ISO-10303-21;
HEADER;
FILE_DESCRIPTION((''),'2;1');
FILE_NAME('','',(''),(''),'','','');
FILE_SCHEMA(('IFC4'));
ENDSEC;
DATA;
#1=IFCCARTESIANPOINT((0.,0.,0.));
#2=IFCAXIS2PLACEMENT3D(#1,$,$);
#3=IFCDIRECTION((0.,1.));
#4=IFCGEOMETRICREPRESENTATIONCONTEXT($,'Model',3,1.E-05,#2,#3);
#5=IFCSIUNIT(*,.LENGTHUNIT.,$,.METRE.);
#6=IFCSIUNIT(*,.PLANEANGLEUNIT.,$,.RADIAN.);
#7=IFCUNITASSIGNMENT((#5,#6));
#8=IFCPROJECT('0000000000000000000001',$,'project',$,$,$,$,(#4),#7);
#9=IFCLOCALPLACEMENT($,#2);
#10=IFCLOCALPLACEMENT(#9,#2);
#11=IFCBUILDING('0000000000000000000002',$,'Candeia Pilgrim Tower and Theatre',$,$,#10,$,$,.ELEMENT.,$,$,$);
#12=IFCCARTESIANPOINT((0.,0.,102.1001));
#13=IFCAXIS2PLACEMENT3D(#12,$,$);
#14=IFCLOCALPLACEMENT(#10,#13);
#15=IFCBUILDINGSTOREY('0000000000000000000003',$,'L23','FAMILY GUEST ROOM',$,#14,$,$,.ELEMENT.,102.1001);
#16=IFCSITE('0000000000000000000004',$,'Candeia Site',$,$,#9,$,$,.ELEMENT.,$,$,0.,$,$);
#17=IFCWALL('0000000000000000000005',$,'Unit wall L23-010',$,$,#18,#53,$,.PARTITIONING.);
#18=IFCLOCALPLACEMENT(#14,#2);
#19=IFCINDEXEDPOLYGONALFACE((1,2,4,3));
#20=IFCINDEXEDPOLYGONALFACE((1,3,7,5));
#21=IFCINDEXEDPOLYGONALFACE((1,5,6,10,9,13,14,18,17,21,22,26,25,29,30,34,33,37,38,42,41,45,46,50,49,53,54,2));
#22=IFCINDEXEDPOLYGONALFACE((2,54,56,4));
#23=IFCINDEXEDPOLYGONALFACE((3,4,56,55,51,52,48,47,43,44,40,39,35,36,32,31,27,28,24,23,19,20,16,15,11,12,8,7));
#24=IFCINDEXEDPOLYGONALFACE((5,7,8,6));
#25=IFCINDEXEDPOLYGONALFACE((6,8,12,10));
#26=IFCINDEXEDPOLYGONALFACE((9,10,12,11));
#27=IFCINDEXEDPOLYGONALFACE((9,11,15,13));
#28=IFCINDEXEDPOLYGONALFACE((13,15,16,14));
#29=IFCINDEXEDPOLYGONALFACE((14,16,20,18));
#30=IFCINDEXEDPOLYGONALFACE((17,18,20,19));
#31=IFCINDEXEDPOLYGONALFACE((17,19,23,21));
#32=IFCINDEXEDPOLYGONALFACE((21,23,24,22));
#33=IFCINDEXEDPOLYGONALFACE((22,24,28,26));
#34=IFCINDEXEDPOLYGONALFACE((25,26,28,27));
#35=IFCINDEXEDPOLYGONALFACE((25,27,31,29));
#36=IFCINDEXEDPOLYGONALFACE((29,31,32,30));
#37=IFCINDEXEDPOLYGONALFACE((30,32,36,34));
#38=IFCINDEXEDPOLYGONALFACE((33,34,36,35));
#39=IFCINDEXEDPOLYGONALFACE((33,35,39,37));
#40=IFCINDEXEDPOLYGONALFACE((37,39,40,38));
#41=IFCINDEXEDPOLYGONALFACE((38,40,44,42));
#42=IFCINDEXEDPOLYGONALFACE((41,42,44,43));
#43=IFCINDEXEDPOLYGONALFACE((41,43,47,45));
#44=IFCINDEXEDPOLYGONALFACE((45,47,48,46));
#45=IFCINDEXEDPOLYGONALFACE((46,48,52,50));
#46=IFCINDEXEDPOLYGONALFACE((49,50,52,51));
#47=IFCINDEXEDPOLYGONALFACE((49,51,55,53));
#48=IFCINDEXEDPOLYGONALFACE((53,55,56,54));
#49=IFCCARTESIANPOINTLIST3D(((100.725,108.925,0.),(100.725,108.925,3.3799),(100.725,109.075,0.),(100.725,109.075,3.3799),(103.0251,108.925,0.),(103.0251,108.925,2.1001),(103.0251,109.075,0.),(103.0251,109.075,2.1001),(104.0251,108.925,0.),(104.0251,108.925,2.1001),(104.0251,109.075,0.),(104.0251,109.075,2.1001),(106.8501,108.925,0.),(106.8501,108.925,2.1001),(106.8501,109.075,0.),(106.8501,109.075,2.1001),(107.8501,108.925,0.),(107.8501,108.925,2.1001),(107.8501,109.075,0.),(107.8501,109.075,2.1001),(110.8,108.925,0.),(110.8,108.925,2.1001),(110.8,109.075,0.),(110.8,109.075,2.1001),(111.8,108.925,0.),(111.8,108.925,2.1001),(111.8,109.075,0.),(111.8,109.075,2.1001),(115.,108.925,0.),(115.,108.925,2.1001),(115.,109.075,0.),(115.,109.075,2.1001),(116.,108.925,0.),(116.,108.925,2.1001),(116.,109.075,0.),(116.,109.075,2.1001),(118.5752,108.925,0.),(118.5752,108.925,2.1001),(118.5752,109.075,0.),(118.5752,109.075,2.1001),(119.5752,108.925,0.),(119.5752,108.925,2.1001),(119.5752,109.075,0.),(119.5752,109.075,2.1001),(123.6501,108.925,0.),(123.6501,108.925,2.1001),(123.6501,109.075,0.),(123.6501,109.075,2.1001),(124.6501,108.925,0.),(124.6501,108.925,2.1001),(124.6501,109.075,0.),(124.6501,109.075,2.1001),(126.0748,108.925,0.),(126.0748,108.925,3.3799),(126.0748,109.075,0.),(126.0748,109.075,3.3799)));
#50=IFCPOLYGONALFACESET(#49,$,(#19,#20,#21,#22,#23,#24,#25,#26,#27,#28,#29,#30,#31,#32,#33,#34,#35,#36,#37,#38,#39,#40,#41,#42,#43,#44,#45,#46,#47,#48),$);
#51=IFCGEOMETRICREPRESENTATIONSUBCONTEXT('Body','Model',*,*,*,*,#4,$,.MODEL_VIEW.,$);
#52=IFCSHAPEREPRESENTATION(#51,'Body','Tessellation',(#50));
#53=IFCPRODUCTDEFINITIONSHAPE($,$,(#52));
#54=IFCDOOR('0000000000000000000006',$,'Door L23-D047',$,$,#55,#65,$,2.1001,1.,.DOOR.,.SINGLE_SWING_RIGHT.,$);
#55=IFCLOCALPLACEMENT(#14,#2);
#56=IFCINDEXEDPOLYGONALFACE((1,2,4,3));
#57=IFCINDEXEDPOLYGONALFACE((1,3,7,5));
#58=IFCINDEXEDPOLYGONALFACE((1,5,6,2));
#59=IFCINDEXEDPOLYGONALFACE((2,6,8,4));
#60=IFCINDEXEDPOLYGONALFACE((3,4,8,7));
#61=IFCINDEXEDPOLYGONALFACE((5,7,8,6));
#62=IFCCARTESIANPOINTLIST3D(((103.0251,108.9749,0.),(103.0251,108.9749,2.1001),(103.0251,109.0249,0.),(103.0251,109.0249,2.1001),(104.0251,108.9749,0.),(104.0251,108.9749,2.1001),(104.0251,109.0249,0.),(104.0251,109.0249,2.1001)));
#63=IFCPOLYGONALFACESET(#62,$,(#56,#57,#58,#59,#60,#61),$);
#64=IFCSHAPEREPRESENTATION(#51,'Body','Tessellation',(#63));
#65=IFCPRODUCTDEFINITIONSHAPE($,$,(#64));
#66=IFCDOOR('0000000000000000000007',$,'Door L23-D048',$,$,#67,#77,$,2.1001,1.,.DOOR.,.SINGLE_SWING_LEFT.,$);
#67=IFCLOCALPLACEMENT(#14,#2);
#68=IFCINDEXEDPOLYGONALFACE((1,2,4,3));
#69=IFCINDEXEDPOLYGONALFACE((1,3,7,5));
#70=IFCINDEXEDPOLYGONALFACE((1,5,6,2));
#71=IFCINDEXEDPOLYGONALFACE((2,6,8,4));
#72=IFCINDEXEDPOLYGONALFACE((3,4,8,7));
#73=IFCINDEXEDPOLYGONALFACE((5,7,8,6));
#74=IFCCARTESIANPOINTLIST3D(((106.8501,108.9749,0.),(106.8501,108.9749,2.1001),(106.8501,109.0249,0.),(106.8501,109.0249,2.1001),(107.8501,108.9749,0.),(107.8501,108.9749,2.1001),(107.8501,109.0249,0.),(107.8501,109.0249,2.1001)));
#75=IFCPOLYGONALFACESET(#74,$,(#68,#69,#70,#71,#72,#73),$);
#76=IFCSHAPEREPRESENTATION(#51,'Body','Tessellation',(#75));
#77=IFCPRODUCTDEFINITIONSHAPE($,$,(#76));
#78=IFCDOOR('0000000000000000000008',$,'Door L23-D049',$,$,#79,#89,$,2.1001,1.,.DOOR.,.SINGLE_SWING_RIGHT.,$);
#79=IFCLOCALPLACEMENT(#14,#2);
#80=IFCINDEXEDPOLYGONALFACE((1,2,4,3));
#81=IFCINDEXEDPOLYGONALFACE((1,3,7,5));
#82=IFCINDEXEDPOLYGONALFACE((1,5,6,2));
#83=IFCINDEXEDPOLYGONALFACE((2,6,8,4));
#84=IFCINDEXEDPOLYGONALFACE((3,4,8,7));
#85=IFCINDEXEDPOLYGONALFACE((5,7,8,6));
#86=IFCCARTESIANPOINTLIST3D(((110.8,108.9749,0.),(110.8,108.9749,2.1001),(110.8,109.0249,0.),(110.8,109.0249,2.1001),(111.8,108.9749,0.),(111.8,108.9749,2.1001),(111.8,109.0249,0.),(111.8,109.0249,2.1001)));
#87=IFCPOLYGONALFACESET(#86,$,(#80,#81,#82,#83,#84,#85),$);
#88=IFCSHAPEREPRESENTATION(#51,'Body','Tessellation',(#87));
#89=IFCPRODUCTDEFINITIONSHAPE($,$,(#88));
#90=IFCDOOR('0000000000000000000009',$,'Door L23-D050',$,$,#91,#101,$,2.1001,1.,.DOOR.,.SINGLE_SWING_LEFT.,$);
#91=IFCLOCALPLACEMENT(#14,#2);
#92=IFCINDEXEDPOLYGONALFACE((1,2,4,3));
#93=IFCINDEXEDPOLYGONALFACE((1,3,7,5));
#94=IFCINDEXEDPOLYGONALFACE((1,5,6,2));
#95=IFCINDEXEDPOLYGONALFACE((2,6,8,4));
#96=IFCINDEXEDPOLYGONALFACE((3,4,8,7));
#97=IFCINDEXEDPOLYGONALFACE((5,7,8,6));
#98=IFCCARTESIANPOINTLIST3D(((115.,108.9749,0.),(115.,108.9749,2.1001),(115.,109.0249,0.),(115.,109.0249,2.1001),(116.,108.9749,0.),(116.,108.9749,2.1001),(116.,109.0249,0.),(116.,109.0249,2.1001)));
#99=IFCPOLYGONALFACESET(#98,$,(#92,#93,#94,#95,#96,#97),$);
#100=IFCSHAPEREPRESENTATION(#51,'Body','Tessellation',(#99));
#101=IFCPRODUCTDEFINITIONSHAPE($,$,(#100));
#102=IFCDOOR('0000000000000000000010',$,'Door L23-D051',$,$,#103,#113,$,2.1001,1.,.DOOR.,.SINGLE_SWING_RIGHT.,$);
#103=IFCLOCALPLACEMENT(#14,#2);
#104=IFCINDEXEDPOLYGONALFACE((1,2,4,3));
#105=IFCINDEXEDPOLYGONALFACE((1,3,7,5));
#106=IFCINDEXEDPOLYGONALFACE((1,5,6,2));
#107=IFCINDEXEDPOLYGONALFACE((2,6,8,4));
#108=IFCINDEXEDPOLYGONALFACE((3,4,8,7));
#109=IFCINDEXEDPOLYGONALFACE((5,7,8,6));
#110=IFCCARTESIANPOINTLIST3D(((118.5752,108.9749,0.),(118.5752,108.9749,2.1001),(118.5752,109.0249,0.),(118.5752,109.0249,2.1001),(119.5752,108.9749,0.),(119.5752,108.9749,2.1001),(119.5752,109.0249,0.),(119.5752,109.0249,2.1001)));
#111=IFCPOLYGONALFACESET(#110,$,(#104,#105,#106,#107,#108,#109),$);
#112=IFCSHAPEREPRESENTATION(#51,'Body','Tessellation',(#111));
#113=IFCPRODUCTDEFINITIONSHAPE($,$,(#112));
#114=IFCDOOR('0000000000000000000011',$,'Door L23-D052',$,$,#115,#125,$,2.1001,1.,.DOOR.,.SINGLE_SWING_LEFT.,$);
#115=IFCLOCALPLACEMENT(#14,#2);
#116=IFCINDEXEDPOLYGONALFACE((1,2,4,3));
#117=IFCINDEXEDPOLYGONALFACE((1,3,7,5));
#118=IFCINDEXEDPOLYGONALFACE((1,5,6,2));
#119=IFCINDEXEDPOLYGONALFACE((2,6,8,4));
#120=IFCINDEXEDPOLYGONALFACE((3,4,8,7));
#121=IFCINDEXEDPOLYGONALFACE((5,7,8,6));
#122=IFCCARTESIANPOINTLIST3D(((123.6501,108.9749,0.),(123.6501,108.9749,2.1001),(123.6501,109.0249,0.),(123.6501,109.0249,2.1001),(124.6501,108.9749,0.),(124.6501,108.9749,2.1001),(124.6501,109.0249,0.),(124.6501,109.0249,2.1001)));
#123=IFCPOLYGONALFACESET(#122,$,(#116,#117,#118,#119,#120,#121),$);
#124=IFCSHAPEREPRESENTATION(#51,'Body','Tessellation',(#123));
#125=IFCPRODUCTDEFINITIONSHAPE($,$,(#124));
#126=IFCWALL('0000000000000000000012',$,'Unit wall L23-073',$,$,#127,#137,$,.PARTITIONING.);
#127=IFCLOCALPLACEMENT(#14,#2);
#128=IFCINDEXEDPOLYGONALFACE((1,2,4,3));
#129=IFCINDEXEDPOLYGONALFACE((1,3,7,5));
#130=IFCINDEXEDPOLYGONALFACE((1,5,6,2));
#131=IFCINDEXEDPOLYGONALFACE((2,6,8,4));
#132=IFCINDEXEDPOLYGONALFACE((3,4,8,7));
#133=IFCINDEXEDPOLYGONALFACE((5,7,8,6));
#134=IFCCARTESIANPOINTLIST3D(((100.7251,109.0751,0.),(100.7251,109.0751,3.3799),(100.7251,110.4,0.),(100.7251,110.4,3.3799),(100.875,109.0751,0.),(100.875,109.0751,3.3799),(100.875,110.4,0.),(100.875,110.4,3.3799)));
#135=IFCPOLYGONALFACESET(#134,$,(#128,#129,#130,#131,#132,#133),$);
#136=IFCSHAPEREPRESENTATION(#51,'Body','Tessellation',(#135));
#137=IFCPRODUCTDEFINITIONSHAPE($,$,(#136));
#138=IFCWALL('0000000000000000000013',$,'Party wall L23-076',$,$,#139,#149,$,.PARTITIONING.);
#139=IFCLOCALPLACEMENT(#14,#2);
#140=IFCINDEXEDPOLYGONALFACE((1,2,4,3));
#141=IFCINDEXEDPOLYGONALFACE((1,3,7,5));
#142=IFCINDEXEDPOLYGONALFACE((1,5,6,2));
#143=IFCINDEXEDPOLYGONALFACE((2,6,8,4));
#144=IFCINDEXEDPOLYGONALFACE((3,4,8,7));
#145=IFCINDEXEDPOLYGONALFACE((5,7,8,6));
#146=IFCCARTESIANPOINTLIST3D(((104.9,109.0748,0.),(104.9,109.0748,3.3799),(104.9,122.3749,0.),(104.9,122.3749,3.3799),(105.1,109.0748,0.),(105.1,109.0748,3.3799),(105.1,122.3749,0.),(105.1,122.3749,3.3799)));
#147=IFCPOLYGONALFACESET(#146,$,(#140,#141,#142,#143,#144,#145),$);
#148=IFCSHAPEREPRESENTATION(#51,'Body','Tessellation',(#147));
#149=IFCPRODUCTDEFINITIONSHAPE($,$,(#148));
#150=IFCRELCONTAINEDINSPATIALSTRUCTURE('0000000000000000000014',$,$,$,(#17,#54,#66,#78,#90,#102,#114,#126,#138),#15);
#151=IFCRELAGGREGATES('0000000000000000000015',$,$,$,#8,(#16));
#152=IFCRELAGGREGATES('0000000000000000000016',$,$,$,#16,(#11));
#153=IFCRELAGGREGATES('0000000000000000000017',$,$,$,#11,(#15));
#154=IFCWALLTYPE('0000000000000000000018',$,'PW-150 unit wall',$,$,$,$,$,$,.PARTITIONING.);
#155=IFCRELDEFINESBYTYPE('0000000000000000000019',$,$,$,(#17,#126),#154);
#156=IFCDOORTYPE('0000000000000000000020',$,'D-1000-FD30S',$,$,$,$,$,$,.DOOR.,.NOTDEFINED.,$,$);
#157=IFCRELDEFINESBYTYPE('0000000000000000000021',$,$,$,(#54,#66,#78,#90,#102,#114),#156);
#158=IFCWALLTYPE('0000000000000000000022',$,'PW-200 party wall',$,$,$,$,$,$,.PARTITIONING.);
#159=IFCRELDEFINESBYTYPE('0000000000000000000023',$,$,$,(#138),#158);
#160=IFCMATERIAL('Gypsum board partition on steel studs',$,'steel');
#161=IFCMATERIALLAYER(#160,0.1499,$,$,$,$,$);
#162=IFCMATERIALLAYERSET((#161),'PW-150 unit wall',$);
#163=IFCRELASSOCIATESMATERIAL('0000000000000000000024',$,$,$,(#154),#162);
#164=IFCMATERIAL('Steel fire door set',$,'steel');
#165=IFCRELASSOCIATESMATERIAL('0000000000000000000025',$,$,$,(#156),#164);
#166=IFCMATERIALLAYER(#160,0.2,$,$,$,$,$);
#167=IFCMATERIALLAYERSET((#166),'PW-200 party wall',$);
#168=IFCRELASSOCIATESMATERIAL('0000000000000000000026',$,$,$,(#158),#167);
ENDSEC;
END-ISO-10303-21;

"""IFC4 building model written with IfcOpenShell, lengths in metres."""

from ifc_helpers import new_model, si_unit, direction, frame, frame_2d, origin, place, context, subcontext, project, spatial, rectangle, extrude, material, layer, layer_set, type_object, element, fill, save


model = new_model("IFC4")

# Units and contexts
model_context = context("Model", 3, precision=1e-05, world=origin(), true_north=direction((0.0, 1.0)))
body_context = subcontext(model_context, "Body", "Model", "MODEL_VIEW")
ifc_project = project(units=[si_unit("LENGTHUNIT", "METRE"), si_unit("PLANEANGLEUNIT", "RADIAN")], contexts=[model_context])

# Site, building, storey
site_placement = place(None, origin())
site = spatial("IfcSite", under=ifc_project, at=site_placement, Name="Candeia Site", CompositionType="ELEMENT", RefElevation=0.0)
building_placement = place(site_placement, origin())
building = spatial("IfcBuilding", under=site, at=building_placement, Name="Candeia Pilgrim Tower and Theatre", CompositionType="ELEMENT")
storey_placement = place(building_placement, frame((0.0, 0.0, 102.1001)))
storey = spatial("IfcBuildingStorey", under=building, at=storey_placement, Name="L23", Description="FAMILY GUEST ROOM", CompositionType="ELEMENT", Elevation=102.1001)

# Shared definitions
ifc_material_1 = material(Name="Steel fire door set", Category="steel")
ifc_material_2 = material(Name="Gypsum board partition on steel studs", Category="steel")

# Wall, openings, doors
ifc_layer_1 = layer(ifc_material_2, 0.1499)
ifc_layer_set_1 = layer_set([ifc_layer_1], Name="PW-150 unit wall")
wall_type_1 = type_object("IfcWallType", Name="PW-150 unit wall", PredefinedType="PARTITIONING", material=ifc_layer_set_1)
wall_1_placement = place(storey_placement, frame((100.7251, 109.0, 0.0), z_axis=(0.0, 0.0, 1.0), x_axis=(1.0, 0.0, 0.0)))
wall_1 = element("IfcWall", 1, at=wall_1_placement, inside=storey, type_object=wall_type_1, Name="Unit wall L23-010", PredefinedType="PARTITIONING", context=body_context, shape_type="SweptSolid", body=[
    extrude(rectangle(XDim=25.3499, YDim=0.1499, at=frame_2d((12.6748, 0.0))), origin(), (0.0, 0.0, 1.0), 3.3799),
])
opening_1_placement = place(wall_1_placement, frame((2.3, 0.0, 0.0)))
opening_1 = element("IfcOpeningElement", 2, at=opening_1_placement, cuts=wall_1, PredefinedType="OPENING", context=body_context, shape_type="SweptSolid", body=[
    extrude(rectangle(XDim=1.0, YDim=2.1001, at=frame_2d((0.5, 1.05))), frame((0.0, 0.085, 0.0), z_axis=(0.0, -1.0, 0.0), x_axis=(1.0, 0.0, 0.0)), (0.0, 0.0, 1.0), 0.1699),
])
opening_2_placement = place(wall_1_placement, frame((6.125, 0.0, 0.0)))
opening_2 = element("IfcOpeningElement", 3, at=opening_2_placement, cuts=wall_1, PredefinedType="OPENING", context=body_context, shape_type="SweptSolid", body=[
    extrude(rectangle(XDim=1.0, YDim=2.1001, at=frame_2d((0.5, 1.05))), frame((0.0, 0.085, 0.0), z_axis=(0.0, -1.0, 0.0), x_axis=(1.0, 0.0, 0.0)), (0.0, 0.0, 1.0), 0.1699),
])
opening_3_placement = place(wall_1_placement, frame((10.075, 0.0, 0.0)))
opening_3 = element("IfcOpeningElement", 4, at=opening_3_placement, cuts=wall_1, PredefinedType="OPENING", context=body_context, shape_type="SweptSolid", body=[
    extrude(rectangle(XDim=1.0, YDim=2.1001, at=frame_2d((0.5, 1.05))), frame((0.0, 0.085, 0.0), z_axis=(0.0, -1.0, 0.0), x_axis=(1.0, 0.0, 0.0)), (0.0, 0.0, 1.0), 0.1699),
])
opening_4_placement = place(wall_1_placement, frame((14.2749, 0.0, 0.0)))
opening_4 = element("IfcOpeningElement", 5, at=opening_4_placement, cuts=wall_1, PredefinedType="OPENING", context=body_context, shape_type="SweptSolid", body=[
    extrude(rectangle(XDim=1.0, YDim=2.1001, at=frame_2d((0.5, 1.05))), frame((0.0, 0.085, 0.0), z_axis=(0.0, -1.0, 0.0), x_axis=(1.0, 0.0, 0.0)), (0.0, 0.0, 1.0), 0.1699),
])
opening_5_placement = place(wall_1_placement, frame((17.8501, 0.0, 0.0)))
opening_5 = element("IfcOpeningElement", 6, at=opening_5_placement, cuts=wall_1, PredefinedType="OPENING", context=body_context, shape_type="SweptSolid", body=[
    extrude(rectangle(XDim=1.0, YDim=2.1001, at=frame_2d((0.5, 1.05))), frame((0.0, 0.085, 0.0), z_axis=(0.0, -1.0, 0.0), x_axis=(1.0, 0.0, 0.0)), (0.0, 0.0, 1.0), 0.1699),
])
opening_6_placement = place(wall_1_placement, frame((22.925, 0.0, 0.0)))
opening_6 = element("IfcOpeningElement", 7, at=opening_6_placement, cuts=wall_1, PredefinedType="OPENING", context=body_context, shape_type="SweptSolid", body=[
    extrude(rectangle(XDim=1.0, YDim=2.1001, at=frame_2d((0.5, 1.05))), frame((0.0, 0.085, 0.0), z_axis=(0.0, -1.0, 0.0), x_axis=(1.0, 0.0, 0.0)), (0.0, 0.0, 1.0), 0.1699),
])
door_type_1 = type_object("IfcDoorType", Name="D-1000-FD30S", OperationType="NOTDEFINED", PredefinedType="DOOR", material=ifc_material_1)
door_1_placement = place(opening_1_placement, origin())
door_1 = element("IfcDoor", 8, at=door_1_placement, inside=storey, type_object=door_type_1, Name="Door L23-D047", OperationType="SINGLE_SWING_RIGHT", OverallHeight=2.1001, OverallWidth=1.0, PredefinedType="DOOR", context=body_context, shape_type="SweptSolid", body=[
    extrude(rectangle(XDim=1.0, YDim=2.1001, at=frame_2d((0.5, 1.05))), frame((0.0, 0.0249, 0.0), z_axis=(0.0, -1.0, 0.0), x_axis=(1.0, 0.0, 0.0)), (0.0, 0.0, 1.0), 0.05),
])
fill(opening_1, door_1)
door_2_placement = place(opening_2_placement, origin())
door_2 = element("IfcDoor", 9, at=door_2_placement, inside=storey, type_object=door_type_1, Name="Door L23-D048", OperationType="SINGLE_SWING_LEFT", OverallHeight=2.1001, OverallWidth=1.0, PredefinedType="DOOR", context=body_context, shape_type="SweptSolid", body=[
    extrude(rectangle(XDim=1.0, YDim=2.1001, at=frame_2d((0.5, 1.05))), frame((0.0, 0.0249, 0.0), z_axis=(0.0, -1.0, 0.0), x_axis=(1.0, 0.0, 0.0)), (0.0, 0.0, 1.0), 0.05),
])
fill(opening_2, door_2)
door_3_placement = place(opening_3_placement, origin())
door_3 = element("IfcDoor", 10, at=door_3_placement, inside=storey, type_object=door_type_1, Name="Door L23-D049", OperationType="SINGLE_SWING_RIGHT", OverallHeight=2.1001, OverallWidth=1.0, PredefinedType="DOOR", context=body_context, shape_type="SweptSolid", body=[
    extrude(rectangle(XDim=1.0, YDim=2.1001, at=frame_2d((0.5, 1.05))), frame((0.0, 0.0249, 0.0), z_axis=(0.0, -1.0, 0.0), x_axis=(1.0, 0.0, 0.0)), (0.0, 0.0, 1.0), 0.05),
])
fill(opening_3, door_3)
door_4_placement = place(opening_4_placement, origin())
door_4 = element("IfcDoor", 11, at=door_4_placement, inside=storey, type_object=door_type_1, Name="Door L23-D050", OperationType="SINGLE_SWING_LEFT", OverallHeight=2.1001, OverallWidth=1.0, PredefinedType="DOOR", context=body_context, shape_type="SweptSolid", body=[
    extrude(rectangle(XDim=1.0, YDim=2.1001, at=frame_2d((0.5, 1.05))), frame((0.0, 0.0249, 0.0), z_axis=(0.0, -1.0, 0.0), x_axis=(1.0, 0.0, 0.0)), (0.0, 0.0, 1.0), 0.05),
])
fill(opening_4, door_4)
door_5_placement = place(opening_5_placement, origin())
door_5 = element("IfcDoor", 12, at=door_5_placement, inside=storey, type_object=door_type_1, Name="Door L23-D051", OperationType="SINGLE_SWING_RIGHT", OverallHeight=2.1001, OverallWidth=1.0, PredefinedType="DOOR", context=body_context, shape_type="SweptSolid", body=[
    extrude(rectangle(XDim=1.0, YDim=2.1001, at=frame_2d((0.5, 1.05))), frame((0.0, 0.0249, 0.0), z_axis=(0.0, -1.0, 0.0), x_axis=(1.0, 0.0, 0.0)), (0.0, 0.0, 1.0), 0.05),
])
fill(opening_5, door_5)
door_6_placement = place(opening_6_placement, origin())
door_6 = element("IfcDoor", 13, at=door_6_placement, inside=storey, type_object=door_type_1, Name="Door L23-D052", OperationType="SINGLE_SWING_LEFT", OverallHeight=2.1001, OverallWidth=1.0, PredefinedType="DOOR", context=body_context, shape_type="SweptSolid", body=[
    extrude(rectangle(XDim=1.0, YDim=2.1001, at=frame_2d((0.5, 1.05))), frame((0.0, 0.0249, 0.0), z_axis=(0.0, -1.0, 0.0), x_axis=(1.0, 0.0, 0.0)), (0.0, 0.0, 1.0), 0.05),
])
fill(opening_6, door_6)

# Walls
wall_2_placement = place(storey_placement, frame((100.8, 109.075, 0.0), z_axis=(0.0, 0.0, 1.0), x_axis=(0.0, 1.0, 0.0)))
element("IfcWall", 14, at=wall_2_placement, inside=storey, type_object=wall_type_1, Name="Unit wall L23-073", PredefinedType="PARTITIONING", context=body_context, shape_type="SweptSolid", body=[
    extrude(rectangle(XDim=1.325, YDim=0.1499, at=frame_2d((0.6626, 0.0))), origin(), (0.0, 0.0, 1.0), 3.3799),
])
ifc_layer_2 = layer(ifc_material_2, 0.2)
ifc_layer_set_2 = layer_set([ifc_layer_2], Name="PW-200 party wall")
wall_type_2 = type_object("IfcWallType", Name="PW-200 party wall", PredefinedType="PARTITIONING", material=ifc_layer_set_2)
wall_3_placement = place(storey_placement, frame((105.0, 109.075, 0.0), z_axis=(0.0, 0.0, 1.0), x_axis=(0.0, 1.0, 0.0)))
element("IfcWall", 15, at=wall_3_placement, inside=storey, type_object=wall_type_2, Name="Party wall L23-076", PredefinedType="PARTITIONING", context=body_context, shape_type="SweptSolid", body=[
    extrude(rectangle(XDim=13.3, YDim=0.2, at=frame_2d((6.6499, 0.0))), origin(), (0.0, 0.0, 1.0), 3.3799),
])

save(model, "model.ifc")
